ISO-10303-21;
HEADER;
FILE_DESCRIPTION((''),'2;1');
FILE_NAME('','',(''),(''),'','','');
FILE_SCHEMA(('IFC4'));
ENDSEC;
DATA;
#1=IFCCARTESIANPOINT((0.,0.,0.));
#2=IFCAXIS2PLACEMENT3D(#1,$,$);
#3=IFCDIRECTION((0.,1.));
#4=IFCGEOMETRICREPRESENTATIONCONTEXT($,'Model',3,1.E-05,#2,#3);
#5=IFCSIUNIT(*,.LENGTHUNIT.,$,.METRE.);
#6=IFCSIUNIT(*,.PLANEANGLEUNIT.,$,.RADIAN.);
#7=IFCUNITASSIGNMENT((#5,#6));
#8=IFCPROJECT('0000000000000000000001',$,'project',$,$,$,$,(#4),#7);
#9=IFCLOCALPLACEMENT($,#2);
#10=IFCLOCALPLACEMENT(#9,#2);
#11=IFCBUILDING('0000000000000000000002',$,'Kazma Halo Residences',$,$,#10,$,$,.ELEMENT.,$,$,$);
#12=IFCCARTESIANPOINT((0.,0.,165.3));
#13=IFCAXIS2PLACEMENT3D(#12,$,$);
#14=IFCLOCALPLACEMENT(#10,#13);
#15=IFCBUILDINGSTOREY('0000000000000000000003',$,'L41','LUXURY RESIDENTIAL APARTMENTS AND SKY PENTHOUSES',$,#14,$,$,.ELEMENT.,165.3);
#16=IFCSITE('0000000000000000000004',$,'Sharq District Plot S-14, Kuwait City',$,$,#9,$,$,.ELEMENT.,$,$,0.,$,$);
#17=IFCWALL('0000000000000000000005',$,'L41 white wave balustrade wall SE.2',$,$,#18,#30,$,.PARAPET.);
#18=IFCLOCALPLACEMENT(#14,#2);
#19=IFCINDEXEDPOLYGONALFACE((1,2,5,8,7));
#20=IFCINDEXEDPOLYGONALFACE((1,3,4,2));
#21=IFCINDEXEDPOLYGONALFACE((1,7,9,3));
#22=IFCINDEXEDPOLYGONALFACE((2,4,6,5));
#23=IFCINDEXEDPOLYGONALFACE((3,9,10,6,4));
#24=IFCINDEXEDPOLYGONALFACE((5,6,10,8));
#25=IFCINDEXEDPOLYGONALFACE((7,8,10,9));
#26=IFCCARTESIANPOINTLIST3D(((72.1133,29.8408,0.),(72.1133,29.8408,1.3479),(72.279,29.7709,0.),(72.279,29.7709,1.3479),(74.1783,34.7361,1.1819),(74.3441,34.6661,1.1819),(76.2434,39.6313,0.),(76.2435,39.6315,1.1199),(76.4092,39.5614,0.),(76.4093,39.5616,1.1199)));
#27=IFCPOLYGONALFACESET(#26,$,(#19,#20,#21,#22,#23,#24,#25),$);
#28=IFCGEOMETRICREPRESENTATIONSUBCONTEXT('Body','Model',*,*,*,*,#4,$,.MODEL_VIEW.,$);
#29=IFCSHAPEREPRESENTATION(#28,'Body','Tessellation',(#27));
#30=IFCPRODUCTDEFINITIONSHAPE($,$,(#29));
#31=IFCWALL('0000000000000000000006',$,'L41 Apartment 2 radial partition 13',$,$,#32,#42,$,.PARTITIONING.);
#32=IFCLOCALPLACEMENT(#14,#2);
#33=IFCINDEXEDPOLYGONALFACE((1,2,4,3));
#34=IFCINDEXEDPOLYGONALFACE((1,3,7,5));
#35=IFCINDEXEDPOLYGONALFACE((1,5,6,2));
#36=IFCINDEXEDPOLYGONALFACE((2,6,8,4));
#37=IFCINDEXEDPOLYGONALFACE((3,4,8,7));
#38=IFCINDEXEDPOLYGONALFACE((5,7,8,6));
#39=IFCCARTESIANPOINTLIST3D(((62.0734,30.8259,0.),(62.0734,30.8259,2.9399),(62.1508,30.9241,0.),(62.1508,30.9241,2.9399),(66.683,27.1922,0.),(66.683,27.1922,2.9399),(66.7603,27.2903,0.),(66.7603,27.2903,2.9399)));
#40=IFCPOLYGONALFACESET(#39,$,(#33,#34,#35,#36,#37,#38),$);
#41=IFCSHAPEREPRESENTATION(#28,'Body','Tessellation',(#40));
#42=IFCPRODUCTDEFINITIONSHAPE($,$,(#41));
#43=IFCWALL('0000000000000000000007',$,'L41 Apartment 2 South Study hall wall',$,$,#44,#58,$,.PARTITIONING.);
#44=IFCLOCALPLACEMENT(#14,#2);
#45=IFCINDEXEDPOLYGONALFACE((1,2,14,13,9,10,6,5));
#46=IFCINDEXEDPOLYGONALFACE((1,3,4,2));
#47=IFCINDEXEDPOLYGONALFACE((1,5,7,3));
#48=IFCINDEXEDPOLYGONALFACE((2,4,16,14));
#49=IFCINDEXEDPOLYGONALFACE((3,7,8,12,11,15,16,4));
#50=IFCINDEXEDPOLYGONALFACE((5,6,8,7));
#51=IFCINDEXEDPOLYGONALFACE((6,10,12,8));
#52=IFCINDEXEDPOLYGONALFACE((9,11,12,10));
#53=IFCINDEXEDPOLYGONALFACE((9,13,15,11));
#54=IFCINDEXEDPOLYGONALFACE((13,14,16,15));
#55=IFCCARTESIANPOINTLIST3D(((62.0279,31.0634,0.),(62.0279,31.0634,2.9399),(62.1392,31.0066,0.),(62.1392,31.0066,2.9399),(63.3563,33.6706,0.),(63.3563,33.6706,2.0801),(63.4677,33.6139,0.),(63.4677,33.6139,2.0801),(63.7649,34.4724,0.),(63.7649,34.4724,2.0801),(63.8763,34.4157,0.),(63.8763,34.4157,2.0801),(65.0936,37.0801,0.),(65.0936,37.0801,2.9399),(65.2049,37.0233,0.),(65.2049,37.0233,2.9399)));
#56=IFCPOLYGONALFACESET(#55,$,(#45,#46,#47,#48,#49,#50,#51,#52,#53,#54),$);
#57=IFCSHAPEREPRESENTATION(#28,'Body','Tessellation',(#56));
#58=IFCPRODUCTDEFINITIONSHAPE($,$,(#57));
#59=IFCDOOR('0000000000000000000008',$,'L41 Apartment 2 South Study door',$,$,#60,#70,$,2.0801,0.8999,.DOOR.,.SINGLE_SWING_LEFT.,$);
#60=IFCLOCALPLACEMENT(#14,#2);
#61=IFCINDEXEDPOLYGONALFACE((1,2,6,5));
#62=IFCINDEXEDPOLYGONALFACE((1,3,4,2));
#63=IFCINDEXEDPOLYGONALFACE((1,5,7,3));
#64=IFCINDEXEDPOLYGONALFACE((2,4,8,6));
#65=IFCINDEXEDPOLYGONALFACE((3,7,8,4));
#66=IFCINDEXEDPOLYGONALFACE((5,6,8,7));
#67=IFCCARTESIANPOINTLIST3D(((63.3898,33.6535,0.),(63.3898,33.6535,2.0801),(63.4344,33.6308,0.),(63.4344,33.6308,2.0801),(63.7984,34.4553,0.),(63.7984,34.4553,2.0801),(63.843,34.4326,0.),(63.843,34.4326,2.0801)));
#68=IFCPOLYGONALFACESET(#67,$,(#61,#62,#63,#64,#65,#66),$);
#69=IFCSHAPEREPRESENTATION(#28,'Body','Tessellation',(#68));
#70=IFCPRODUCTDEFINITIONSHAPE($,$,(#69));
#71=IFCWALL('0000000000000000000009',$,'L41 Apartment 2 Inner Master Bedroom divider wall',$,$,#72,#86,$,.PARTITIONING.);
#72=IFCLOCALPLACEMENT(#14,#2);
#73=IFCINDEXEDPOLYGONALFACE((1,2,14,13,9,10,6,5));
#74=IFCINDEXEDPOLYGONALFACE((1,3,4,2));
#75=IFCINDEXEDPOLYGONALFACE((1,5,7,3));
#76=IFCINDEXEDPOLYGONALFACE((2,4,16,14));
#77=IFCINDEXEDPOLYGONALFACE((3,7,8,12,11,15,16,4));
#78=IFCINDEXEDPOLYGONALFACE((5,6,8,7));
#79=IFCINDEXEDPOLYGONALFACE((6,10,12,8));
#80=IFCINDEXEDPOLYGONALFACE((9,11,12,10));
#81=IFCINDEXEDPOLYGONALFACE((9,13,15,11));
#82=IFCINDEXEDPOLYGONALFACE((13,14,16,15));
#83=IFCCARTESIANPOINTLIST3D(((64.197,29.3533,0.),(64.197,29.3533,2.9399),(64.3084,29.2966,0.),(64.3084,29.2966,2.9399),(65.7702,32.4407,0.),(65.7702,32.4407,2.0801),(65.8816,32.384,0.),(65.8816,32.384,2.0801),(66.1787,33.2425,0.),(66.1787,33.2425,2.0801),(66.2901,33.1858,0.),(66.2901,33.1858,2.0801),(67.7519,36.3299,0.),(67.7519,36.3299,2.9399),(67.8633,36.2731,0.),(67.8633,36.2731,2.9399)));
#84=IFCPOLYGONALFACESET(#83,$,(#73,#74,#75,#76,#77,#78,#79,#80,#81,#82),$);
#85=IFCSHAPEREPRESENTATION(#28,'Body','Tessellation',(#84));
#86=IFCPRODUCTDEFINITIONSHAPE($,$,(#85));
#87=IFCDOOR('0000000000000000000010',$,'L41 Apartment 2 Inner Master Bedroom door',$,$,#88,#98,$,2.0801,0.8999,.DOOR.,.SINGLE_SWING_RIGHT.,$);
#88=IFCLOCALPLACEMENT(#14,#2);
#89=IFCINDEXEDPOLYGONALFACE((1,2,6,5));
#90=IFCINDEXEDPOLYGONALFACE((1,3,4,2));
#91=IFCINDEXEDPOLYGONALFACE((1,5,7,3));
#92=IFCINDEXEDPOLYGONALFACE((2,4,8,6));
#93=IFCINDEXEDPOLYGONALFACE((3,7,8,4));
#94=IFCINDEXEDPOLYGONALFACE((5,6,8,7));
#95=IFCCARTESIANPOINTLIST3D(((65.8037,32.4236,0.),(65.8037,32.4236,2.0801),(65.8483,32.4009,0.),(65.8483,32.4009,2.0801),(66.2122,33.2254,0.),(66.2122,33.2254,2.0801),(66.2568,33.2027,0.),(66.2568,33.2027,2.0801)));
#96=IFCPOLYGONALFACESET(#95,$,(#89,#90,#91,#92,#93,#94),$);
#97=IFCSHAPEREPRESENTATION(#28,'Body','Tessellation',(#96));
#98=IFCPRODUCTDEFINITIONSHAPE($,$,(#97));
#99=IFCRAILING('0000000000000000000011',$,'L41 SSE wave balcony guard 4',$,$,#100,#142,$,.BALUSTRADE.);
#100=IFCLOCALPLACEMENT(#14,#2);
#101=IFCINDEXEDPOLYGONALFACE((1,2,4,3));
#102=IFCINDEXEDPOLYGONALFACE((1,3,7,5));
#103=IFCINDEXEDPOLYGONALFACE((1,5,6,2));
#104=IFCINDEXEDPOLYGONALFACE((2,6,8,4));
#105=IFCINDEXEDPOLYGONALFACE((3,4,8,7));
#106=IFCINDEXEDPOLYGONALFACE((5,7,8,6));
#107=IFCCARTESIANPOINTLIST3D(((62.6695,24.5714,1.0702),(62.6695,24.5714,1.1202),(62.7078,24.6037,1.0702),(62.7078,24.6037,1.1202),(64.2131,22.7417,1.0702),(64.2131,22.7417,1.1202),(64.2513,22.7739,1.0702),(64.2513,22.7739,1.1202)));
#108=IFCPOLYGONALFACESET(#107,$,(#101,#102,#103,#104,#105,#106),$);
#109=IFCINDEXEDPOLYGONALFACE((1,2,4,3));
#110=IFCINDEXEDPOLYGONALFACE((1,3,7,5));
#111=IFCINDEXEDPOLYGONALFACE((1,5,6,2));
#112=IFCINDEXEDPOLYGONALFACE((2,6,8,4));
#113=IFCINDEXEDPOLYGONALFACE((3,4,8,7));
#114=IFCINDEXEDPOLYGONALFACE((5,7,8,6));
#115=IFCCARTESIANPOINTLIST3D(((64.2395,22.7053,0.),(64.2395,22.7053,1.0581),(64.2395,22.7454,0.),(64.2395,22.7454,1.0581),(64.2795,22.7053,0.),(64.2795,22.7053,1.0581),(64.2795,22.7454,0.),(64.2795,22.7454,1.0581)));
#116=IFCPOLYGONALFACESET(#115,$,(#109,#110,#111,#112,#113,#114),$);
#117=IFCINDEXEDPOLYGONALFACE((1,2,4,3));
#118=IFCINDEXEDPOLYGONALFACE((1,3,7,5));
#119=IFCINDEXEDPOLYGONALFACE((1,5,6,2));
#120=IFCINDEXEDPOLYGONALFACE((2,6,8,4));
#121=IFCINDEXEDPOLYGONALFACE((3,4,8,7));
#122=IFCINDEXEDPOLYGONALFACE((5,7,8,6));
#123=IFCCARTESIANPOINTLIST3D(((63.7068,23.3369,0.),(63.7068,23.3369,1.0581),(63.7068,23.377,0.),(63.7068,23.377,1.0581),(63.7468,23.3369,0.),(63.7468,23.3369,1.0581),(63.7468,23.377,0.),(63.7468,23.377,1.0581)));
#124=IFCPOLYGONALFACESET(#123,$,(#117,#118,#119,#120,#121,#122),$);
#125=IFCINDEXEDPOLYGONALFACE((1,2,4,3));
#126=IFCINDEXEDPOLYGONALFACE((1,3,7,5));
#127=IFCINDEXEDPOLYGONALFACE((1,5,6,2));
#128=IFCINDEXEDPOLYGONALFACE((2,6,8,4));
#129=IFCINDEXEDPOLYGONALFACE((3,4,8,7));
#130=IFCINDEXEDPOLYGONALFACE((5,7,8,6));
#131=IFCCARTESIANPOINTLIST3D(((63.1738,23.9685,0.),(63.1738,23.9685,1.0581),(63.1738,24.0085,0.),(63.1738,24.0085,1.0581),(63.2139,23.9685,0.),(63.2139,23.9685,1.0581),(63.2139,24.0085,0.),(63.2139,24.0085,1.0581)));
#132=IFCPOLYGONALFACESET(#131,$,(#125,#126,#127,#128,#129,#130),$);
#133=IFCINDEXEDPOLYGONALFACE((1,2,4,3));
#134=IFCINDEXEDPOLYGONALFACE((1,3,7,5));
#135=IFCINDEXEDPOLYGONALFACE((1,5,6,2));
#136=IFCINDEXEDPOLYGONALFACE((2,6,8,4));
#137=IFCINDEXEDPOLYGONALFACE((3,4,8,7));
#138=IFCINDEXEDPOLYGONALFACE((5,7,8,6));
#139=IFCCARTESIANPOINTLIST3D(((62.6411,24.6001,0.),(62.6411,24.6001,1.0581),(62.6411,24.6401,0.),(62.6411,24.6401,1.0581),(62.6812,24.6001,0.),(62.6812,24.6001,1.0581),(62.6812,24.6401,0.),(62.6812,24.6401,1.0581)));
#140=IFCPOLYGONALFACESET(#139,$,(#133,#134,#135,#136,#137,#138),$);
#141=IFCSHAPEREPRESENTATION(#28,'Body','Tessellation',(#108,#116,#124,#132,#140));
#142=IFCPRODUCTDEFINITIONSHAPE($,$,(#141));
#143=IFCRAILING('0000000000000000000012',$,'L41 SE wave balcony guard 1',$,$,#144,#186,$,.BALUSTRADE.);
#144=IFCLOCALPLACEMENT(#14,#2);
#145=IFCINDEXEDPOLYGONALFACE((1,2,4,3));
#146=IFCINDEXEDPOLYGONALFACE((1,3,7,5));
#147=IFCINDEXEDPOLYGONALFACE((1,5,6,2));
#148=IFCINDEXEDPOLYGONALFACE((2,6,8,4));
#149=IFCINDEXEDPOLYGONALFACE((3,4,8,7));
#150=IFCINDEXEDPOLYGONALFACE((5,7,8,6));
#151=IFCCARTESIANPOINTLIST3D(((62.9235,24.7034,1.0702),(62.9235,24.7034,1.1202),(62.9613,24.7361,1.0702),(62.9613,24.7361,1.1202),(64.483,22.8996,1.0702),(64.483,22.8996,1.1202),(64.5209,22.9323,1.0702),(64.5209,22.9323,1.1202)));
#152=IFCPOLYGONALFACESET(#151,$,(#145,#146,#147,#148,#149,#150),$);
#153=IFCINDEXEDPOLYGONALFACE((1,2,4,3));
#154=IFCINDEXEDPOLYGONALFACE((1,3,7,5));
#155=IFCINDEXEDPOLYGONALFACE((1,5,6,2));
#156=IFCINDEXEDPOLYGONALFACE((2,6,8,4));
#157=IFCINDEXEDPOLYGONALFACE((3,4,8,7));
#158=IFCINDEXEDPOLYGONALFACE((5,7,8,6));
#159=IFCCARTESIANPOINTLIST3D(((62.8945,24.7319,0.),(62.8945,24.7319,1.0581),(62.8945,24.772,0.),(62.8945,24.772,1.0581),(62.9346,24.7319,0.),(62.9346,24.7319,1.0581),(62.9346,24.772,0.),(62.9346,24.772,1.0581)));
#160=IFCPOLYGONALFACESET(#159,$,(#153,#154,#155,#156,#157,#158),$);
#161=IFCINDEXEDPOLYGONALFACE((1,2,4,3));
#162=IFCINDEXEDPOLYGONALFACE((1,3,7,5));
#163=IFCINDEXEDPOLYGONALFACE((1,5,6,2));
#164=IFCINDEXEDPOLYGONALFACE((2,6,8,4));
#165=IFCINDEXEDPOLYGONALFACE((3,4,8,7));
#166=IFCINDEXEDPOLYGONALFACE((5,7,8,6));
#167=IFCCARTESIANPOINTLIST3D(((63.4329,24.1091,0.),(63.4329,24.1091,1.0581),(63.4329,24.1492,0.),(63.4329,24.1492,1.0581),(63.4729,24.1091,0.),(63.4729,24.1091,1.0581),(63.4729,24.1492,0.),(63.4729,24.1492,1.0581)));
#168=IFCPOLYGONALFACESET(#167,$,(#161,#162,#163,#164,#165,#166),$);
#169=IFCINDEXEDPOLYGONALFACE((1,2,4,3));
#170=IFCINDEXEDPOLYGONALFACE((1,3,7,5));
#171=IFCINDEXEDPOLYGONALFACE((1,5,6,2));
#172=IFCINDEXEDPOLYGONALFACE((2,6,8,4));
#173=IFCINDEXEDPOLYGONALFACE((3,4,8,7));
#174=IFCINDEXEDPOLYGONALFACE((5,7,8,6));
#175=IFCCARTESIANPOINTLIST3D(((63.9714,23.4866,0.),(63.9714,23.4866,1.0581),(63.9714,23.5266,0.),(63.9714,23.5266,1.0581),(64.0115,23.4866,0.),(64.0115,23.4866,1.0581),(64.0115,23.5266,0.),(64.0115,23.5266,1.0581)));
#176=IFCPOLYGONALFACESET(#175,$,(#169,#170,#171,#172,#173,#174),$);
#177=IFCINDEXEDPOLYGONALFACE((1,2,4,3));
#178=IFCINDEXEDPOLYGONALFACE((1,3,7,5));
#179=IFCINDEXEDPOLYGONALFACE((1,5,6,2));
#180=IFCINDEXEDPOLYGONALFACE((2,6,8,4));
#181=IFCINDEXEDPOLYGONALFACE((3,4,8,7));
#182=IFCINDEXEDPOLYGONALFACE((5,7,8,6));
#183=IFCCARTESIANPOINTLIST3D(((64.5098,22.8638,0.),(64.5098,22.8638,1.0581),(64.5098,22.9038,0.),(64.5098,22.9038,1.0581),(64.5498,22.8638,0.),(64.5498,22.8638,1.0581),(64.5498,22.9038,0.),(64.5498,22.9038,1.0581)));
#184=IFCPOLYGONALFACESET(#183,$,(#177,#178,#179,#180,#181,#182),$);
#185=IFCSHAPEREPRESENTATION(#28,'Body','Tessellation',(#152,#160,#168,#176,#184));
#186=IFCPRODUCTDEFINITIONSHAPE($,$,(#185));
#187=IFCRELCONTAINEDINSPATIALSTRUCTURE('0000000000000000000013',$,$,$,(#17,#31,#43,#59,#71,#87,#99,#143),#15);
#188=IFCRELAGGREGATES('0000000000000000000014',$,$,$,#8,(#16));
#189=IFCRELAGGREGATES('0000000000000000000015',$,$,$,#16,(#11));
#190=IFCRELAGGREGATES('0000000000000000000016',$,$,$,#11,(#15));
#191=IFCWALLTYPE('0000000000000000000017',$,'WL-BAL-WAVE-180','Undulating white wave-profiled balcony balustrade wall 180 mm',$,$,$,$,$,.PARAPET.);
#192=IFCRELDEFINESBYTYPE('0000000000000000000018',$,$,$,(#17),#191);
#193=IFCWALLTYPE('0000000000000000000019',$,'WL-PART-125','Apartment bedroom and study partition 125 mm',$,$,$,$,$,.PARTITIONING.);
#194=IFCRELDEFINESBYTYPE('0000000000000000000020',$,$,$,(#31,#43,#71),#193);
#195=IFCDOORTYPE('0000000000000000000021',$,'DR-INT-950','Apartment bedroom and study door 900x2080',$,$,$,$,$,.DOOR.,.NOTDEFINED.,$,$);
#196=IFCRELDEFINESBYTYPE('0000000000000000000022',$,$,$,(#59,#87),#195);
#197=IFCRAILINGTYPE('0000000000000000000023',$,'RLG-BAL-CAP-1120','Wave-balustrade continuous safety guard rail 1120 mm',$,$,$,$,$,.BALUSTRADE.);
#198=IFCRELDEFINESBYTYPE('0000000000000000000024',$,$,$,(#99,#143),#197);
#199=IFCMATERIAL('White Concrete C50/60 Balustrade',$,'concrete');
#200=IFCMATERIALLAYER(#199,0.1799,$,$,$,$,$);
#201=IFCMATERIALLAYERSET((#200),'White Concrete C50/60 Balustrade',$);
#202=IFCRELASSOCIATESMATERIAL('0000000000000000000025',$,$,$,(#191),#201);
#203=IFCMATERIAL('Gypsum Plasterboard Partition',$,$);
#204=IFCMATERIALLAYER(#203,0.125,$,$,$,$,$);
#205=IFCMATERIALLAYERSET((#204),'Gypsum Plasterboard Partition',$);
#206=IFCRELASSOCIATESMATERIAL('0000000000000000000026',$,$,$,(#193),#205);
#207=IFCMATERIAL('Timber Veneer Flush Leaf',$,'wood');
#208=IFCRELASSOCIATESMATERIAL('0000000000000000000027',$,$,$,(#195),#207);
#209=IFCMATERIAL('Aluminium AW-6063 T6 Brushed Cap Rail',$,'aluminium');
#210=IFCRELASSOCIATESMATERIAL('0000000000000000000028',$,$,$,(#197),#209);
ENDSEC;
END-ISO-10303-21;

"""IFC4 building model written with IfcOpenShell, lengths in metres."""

from ifc_helpers import new_model, si_unit, direction, frame, frame_2d, origin, origin_2d, place, context, subcontext, project, spatial, polyline, rectangle, outline, extrude, material, layer, layer_set, type_object, element, fill, save


model = new_model("IFC4")

# Units and contexts
model_context = context("Model", 3, precision=1e-05, world=origin(), true_north=direction((0.0, 1.0)))
body_context = subcontext(model_context, "Body", "Model", "MODEL_VIEW")
ifc_project = project(units=[si_unit("LENGTHUNIT", "METRE"), si_unit("PLANEANGLEUNIT", "RADIAN")], contexts=[model_context])

# Site, building, storey
site_placement = place(None, origin())
site = spatial("IfcSite", under=ifc_project, at=site_placement, Name="Sharq District Plot S-14, Kuwait City", CompositionType="ELEMENT", RefElevation=0.0)
building_placement = place(site_placement, origin())
building = spatial("IfcBuilding", under=site, at=building_placement, Name="Kazma Halo Residences", CompositionType="ELEMENT")
storey_placement = place(building_placement, frame((0.0, 0.0, 165.3)))
storey = spatial("IfcBuildingStorey", under=building, at=storey_placement, Name="L41", Description="LUXURY RESIDENTIAL APARTMENTS AND SKY PENTHOUSES", CompositionType="ELEMENT", Elevation=165.3)

# Wall
ifc_material_1 = material(Name="White Concrete C50/60 Balustrade", Category="concrete")
ifc_layer_1 = layer(ifc_material_1, 0.1799)
ifc_layer_set_1 = layer_set([ifc_layer_1], Name="White Concrete C50/60 Balustrade")
wall_type_1 = type_object("IfcWallType", Name="WL-BAL-WAVE-180", Description="Undulating white wave-profiled balcony balustrade wall 180 mm", PredefinedType="PARAPET", material=ifc_layer_set_1)
wall_1_placement = place(storey_placement, frame((72.196, 29.8059, 0.0), z_axis=(0.0, 0.0, 1.0), x_axis=(0.38868, 0.921373, 0.0)))
element("IfcWall", 1, at=wall_1_placement, inside=storey, type_object=wall_type_1, Name="L41 white wave balustrade wall SE.2", PredefinedType="PARAPET", context=body_context, shape_type="SweptSolid", body=[
    extrude(outline(polyline([(0.0, 0.0), (10.626, 0.0), (10.6262, 1.1199), (5.313, 1.1819), (0.0, 1.3479), (0.0, 0.0)])), frame((0.0, 0.0898, 0.0), z_axis=(0.0, -1.0, 0.0), x_axis=(1.0, 0.0, 0.0)), (0.0, 0.0, 1.0), 0.1799),
])

# Wall
ifc_material_2 = material(Name="Gypsum Plasterboard Partition")
ifc_layer_2 = layer(ifc_material_2, 0.125)
ifc_layer_set_2 = layer_set([ifc_layer_2], Name="Gypsum Plasterboard Partition")
wall_type_2 = type_object("IfcWallType", Name="WL-PART-125", Description="Apartment bedroom and study partition 125 mm", PredefinedType="PARTITIONING", material=ifc_layer_set_2)
wall_2_placement = place(storey_placement, frame((62.1121, 30.875, 0.0), z_axis=(0.0, 0.0, 1.0), x_axis=(0.785329, -0.619079, 0.0)))
element("IfcWall", 2, at=wall_2_placement, inside=storey, type_object=wall_type_2, Name="L41 Apartment 2 radial partition 13", PredefinedType="PARTITIONING", context=body_context, shape_type="SweptSolid", body=[
    extrude(rectangle(XDim=5.8696, YDim=0.125, at=frame_2d((2.9348, 0.0))), origin(), (0.0, 0.0, 1.0), 2.9399),
])

# Walls, openings, doors
wall_3_placement = place(storey_placement, frame((62.0835, 31.0349, 0.0), z_axis=(0.0, 0.0, 1.0), x_axis=(0.453998, 0.891003, 0.0)))
wall_3 = element("IfcWall", 3, at=wall_3_placement, inside=storey, type_object=wall_type_2, Name="L41 Apartment 2 South Study hall wall", PredefinedType="PARTITIONING", context=body_context, shape_type="SweptSolid", body=[
    extrude(rectangle(XDim=6.7527, YDim=0.125, at=frame_2d((3.3765, 0.0))), origin(), (0.0, 0.0, 1.0), 2.9399),
])
opening_1_placement = place(wall_3_placement, frame((2.9263, 0.0, 0.0)))
opening_1 = element("IfcOpeningElement", 4, at=opening_1_placement, cuts=wall_3, PredefinedType="OPENING", context=body_context, shape_type="SweptSolid", body=[
    extrude(rectangle(XDim=0.8999, YDim=2.0801, at=frame_2d((0.45, 1.04))), frame((0.0, 0.0725, 0.0), z_axis=(0.0, -1.0, 0.0), x_axis=(1.0, 0.0, 0.0)), (0.0, 0.0, 1.0), 0.145),
])
ifc_material_3 = material(Name="Timber Veneer Flush Leaf", Category="wood")
door_type_1 = type_object("IfcDoorType", Name="DR-INT-950", Description="Apartment bedroom and study door 900x2080", OperationType="NOTDEFINED", PredefinedType="DOOR", material=ifc_material_3)
door_1_placement = place(opening_1_placement, origin())
door_1 = element("IfcDoor", 5, at=door_1_placement, inside=storey, type_object=door_type_1, Name="L41 Apartment 2 South Study door", OperationType="SINGLE_SWING_LEFT", OverallHeight=2.0801, OverallWidth=0.8999, PredefinedType="DOOR", context=body_context, shape_type="SweptSolid", body=[
    extrude(rectangle(XDim=0.8999, YDim=2.0801, at=frame_2d((0.45, 1.04))), frame((0.0, 0.0249, 0.0), z_axis=(0.0, -1.0, 0.0), x_axis=(1.0, 0.0, 0.0)), (0.0, 0.0, 1.0), 0.05),
])
fill(opening_1, door_1)
wall_4_placement = place(storey_placement, frame((64.2527, 29.325, 0.0), z_axis=(0.0, 0.0, 1.0), x_axis=(0.45401, 0.890996, 0.0)))
wall_4 = element("IfcWall", 6, at=wall_4_placement, inside=storey, type_object=wall_type_2, Name="L41 Apartment 2 Inner Master Bedroom divider wall", PredefinedType="PARTITIONING", context=body_context, shape_type="SweptSolid", body=[
    extrude(rectangle(XDim=7.8301, YDim=0.125, at=frame_2d((3.915, 0.0))), origin(), (0.0, 0.0, 1.0), 2.9399),
])
opening_2_placement = place(wall_4_placement, frame((3.4651, 0.0, 0.0)))
opening_2 = element("IfcOpeningElement", 7, at=opening_2_placement, cuts=wall_4, PredefinedType="OPENING", context=body_context, shape_type="SweptSolid", body=[
    extrude(rectangle(XDim=0.8999, YDim=2.0801, at=frame_2d((0.45, 1.04))), frame((0.0, 0.0725, 0.0), z_axis=(0.0, -1.0, 0.0), x_axis=(1.0, 0.0, 0.0)), (0.0, 0.0, 1.0), 0.145),
])
door_2_placement = place(opening_2_placement, origin())
door_2 = element("IfcDoor", 8, at=door_2_placement, inside=storey, type_object=door_type_1, Name="L41 Apartment 2 Inner Master Bedroom door", OperationType="SINGLE_SWING_RIGHT", OverallHeight=2.0801, OverallWidth=0.8999, PredefinedType="DOOR", context=body_context, shape_type="SweptSolid", body=[
    extrude(rectangle(XDim=0.8999, YDim=2.0801, at=frame_2d((0.45, 1.04))), frame((0.0, 0.0249, 0.0), z_axis=(0.0, -1.0, 0.0), x_axis=(1.0, 0.0, 0.0)), (0.0, 0.0, 1.0), 0.05),
])
fill(opening_2, door_2)

# Railings
ifc_material_4 = material(Name="Aluminium AW-6063 T6 Brushed Cap Rail", Category="aluminium")
railing_type = type_object("IfcRailingType", Name="RLG-BAL-CAP-1120", Description="Wave-balustrade continuous safety guard rail 1120 mm", PredefinedType="BALUSTRADE", material=ifc_material_4)
railing_1_placement = place(storey_placement, frame((64.2595, 22.7253, 0.0)))
element("IfcRailing", 9, at=railing_1_placement, inside=storey, type_object=railing_type, Name="L41 SSE wave balcony guard 4", PredefinedType="BALUSTRADE", context=body_context, shape_type="SweptSolid", body=[
    extrude(rectangle(XDim=0.05, YDim=0.05, at=origin_2d()), frame((-0.0273, 0.0325, 1.0952), z_axis=(-0.644794, 0.764357, 0.0), x_axis=(-0.764357, -0.644794, 0.0)), (0.0, 0.0, 1.0), 2.3938),
    extrude(rectangle(XDim=0.04, YDim=0.04, at=origin_2d()), origin(), (0.0, 0.0, 1.0), 1.0581),
    extrude(rectangle(XDim=0.04, YDim=0.04, at=origin_2d()), frame((-0.5327, 0.6316, 0.0)), (0.0, 0.0, 1.0), 1.0581),
    extrude(rectangle(XDim=0.04, YDim=0.04, at=origin_2d()), frame((-1.0657, 1.2632, 0.0)), (0.0, 0.0, 1.0), 1.0581),
    extrude(rectangle(XDim=0.04, YDim=0.04, at=origin_2d()), frame((-1.5984, 1.8948, 0.0)), (0.0, 0.0, 1.0), 1.0581),
])
railing_2_placement = place(storey_placement, frame((62.9146, 24.752, 0.0)))
element("IfcRailing", 10, at=railing_2_placement, inside=storey, type_object=railing_type, Name="L41 SE wave balcony guard 1", PredefinedType="BALUSTRADE", context=body_context, shape_type="SweptSolid", body=[
    extrude(rectangle(XDim=0.05, YDim=0.05, at=origin_2d()), frame((0.0278, -0.0322, 1.0952), z_axis=(0.654042, -0.756458, 0.0), x_axis=(0.756458, 0.654042, 0.0)), (0.0, 0.0, 1.0), 2.3845),
    extrude(rectangle(XDim=0.04, YDim=0.04, at=origin_2d()), origin(), (0.0, 0.0, 1.0), 1.0581),
    extrude(rectangle(XDim=0.04, YDim=0.04, at=origin_2d()), frame((0.5383, -0.6228, 0.0)), (0.0, 0.0, 1.0), 1.0581),
    extrude(rectangle(XDim=0.04, YDim=0.04, at=origin_2d()), frame((1.0769, -1.2454, 0.0)), (0.0, 0.0, 1.0), 1.0581),
    extrude(rectangle(XDim=0.04, YDim=0.04, at=origin_2d()), frame((1.6152, -1.8682, 0.0)), (0.0, 0.0, 1.0), 1.0581),
])

save(model, "model.ifc")
